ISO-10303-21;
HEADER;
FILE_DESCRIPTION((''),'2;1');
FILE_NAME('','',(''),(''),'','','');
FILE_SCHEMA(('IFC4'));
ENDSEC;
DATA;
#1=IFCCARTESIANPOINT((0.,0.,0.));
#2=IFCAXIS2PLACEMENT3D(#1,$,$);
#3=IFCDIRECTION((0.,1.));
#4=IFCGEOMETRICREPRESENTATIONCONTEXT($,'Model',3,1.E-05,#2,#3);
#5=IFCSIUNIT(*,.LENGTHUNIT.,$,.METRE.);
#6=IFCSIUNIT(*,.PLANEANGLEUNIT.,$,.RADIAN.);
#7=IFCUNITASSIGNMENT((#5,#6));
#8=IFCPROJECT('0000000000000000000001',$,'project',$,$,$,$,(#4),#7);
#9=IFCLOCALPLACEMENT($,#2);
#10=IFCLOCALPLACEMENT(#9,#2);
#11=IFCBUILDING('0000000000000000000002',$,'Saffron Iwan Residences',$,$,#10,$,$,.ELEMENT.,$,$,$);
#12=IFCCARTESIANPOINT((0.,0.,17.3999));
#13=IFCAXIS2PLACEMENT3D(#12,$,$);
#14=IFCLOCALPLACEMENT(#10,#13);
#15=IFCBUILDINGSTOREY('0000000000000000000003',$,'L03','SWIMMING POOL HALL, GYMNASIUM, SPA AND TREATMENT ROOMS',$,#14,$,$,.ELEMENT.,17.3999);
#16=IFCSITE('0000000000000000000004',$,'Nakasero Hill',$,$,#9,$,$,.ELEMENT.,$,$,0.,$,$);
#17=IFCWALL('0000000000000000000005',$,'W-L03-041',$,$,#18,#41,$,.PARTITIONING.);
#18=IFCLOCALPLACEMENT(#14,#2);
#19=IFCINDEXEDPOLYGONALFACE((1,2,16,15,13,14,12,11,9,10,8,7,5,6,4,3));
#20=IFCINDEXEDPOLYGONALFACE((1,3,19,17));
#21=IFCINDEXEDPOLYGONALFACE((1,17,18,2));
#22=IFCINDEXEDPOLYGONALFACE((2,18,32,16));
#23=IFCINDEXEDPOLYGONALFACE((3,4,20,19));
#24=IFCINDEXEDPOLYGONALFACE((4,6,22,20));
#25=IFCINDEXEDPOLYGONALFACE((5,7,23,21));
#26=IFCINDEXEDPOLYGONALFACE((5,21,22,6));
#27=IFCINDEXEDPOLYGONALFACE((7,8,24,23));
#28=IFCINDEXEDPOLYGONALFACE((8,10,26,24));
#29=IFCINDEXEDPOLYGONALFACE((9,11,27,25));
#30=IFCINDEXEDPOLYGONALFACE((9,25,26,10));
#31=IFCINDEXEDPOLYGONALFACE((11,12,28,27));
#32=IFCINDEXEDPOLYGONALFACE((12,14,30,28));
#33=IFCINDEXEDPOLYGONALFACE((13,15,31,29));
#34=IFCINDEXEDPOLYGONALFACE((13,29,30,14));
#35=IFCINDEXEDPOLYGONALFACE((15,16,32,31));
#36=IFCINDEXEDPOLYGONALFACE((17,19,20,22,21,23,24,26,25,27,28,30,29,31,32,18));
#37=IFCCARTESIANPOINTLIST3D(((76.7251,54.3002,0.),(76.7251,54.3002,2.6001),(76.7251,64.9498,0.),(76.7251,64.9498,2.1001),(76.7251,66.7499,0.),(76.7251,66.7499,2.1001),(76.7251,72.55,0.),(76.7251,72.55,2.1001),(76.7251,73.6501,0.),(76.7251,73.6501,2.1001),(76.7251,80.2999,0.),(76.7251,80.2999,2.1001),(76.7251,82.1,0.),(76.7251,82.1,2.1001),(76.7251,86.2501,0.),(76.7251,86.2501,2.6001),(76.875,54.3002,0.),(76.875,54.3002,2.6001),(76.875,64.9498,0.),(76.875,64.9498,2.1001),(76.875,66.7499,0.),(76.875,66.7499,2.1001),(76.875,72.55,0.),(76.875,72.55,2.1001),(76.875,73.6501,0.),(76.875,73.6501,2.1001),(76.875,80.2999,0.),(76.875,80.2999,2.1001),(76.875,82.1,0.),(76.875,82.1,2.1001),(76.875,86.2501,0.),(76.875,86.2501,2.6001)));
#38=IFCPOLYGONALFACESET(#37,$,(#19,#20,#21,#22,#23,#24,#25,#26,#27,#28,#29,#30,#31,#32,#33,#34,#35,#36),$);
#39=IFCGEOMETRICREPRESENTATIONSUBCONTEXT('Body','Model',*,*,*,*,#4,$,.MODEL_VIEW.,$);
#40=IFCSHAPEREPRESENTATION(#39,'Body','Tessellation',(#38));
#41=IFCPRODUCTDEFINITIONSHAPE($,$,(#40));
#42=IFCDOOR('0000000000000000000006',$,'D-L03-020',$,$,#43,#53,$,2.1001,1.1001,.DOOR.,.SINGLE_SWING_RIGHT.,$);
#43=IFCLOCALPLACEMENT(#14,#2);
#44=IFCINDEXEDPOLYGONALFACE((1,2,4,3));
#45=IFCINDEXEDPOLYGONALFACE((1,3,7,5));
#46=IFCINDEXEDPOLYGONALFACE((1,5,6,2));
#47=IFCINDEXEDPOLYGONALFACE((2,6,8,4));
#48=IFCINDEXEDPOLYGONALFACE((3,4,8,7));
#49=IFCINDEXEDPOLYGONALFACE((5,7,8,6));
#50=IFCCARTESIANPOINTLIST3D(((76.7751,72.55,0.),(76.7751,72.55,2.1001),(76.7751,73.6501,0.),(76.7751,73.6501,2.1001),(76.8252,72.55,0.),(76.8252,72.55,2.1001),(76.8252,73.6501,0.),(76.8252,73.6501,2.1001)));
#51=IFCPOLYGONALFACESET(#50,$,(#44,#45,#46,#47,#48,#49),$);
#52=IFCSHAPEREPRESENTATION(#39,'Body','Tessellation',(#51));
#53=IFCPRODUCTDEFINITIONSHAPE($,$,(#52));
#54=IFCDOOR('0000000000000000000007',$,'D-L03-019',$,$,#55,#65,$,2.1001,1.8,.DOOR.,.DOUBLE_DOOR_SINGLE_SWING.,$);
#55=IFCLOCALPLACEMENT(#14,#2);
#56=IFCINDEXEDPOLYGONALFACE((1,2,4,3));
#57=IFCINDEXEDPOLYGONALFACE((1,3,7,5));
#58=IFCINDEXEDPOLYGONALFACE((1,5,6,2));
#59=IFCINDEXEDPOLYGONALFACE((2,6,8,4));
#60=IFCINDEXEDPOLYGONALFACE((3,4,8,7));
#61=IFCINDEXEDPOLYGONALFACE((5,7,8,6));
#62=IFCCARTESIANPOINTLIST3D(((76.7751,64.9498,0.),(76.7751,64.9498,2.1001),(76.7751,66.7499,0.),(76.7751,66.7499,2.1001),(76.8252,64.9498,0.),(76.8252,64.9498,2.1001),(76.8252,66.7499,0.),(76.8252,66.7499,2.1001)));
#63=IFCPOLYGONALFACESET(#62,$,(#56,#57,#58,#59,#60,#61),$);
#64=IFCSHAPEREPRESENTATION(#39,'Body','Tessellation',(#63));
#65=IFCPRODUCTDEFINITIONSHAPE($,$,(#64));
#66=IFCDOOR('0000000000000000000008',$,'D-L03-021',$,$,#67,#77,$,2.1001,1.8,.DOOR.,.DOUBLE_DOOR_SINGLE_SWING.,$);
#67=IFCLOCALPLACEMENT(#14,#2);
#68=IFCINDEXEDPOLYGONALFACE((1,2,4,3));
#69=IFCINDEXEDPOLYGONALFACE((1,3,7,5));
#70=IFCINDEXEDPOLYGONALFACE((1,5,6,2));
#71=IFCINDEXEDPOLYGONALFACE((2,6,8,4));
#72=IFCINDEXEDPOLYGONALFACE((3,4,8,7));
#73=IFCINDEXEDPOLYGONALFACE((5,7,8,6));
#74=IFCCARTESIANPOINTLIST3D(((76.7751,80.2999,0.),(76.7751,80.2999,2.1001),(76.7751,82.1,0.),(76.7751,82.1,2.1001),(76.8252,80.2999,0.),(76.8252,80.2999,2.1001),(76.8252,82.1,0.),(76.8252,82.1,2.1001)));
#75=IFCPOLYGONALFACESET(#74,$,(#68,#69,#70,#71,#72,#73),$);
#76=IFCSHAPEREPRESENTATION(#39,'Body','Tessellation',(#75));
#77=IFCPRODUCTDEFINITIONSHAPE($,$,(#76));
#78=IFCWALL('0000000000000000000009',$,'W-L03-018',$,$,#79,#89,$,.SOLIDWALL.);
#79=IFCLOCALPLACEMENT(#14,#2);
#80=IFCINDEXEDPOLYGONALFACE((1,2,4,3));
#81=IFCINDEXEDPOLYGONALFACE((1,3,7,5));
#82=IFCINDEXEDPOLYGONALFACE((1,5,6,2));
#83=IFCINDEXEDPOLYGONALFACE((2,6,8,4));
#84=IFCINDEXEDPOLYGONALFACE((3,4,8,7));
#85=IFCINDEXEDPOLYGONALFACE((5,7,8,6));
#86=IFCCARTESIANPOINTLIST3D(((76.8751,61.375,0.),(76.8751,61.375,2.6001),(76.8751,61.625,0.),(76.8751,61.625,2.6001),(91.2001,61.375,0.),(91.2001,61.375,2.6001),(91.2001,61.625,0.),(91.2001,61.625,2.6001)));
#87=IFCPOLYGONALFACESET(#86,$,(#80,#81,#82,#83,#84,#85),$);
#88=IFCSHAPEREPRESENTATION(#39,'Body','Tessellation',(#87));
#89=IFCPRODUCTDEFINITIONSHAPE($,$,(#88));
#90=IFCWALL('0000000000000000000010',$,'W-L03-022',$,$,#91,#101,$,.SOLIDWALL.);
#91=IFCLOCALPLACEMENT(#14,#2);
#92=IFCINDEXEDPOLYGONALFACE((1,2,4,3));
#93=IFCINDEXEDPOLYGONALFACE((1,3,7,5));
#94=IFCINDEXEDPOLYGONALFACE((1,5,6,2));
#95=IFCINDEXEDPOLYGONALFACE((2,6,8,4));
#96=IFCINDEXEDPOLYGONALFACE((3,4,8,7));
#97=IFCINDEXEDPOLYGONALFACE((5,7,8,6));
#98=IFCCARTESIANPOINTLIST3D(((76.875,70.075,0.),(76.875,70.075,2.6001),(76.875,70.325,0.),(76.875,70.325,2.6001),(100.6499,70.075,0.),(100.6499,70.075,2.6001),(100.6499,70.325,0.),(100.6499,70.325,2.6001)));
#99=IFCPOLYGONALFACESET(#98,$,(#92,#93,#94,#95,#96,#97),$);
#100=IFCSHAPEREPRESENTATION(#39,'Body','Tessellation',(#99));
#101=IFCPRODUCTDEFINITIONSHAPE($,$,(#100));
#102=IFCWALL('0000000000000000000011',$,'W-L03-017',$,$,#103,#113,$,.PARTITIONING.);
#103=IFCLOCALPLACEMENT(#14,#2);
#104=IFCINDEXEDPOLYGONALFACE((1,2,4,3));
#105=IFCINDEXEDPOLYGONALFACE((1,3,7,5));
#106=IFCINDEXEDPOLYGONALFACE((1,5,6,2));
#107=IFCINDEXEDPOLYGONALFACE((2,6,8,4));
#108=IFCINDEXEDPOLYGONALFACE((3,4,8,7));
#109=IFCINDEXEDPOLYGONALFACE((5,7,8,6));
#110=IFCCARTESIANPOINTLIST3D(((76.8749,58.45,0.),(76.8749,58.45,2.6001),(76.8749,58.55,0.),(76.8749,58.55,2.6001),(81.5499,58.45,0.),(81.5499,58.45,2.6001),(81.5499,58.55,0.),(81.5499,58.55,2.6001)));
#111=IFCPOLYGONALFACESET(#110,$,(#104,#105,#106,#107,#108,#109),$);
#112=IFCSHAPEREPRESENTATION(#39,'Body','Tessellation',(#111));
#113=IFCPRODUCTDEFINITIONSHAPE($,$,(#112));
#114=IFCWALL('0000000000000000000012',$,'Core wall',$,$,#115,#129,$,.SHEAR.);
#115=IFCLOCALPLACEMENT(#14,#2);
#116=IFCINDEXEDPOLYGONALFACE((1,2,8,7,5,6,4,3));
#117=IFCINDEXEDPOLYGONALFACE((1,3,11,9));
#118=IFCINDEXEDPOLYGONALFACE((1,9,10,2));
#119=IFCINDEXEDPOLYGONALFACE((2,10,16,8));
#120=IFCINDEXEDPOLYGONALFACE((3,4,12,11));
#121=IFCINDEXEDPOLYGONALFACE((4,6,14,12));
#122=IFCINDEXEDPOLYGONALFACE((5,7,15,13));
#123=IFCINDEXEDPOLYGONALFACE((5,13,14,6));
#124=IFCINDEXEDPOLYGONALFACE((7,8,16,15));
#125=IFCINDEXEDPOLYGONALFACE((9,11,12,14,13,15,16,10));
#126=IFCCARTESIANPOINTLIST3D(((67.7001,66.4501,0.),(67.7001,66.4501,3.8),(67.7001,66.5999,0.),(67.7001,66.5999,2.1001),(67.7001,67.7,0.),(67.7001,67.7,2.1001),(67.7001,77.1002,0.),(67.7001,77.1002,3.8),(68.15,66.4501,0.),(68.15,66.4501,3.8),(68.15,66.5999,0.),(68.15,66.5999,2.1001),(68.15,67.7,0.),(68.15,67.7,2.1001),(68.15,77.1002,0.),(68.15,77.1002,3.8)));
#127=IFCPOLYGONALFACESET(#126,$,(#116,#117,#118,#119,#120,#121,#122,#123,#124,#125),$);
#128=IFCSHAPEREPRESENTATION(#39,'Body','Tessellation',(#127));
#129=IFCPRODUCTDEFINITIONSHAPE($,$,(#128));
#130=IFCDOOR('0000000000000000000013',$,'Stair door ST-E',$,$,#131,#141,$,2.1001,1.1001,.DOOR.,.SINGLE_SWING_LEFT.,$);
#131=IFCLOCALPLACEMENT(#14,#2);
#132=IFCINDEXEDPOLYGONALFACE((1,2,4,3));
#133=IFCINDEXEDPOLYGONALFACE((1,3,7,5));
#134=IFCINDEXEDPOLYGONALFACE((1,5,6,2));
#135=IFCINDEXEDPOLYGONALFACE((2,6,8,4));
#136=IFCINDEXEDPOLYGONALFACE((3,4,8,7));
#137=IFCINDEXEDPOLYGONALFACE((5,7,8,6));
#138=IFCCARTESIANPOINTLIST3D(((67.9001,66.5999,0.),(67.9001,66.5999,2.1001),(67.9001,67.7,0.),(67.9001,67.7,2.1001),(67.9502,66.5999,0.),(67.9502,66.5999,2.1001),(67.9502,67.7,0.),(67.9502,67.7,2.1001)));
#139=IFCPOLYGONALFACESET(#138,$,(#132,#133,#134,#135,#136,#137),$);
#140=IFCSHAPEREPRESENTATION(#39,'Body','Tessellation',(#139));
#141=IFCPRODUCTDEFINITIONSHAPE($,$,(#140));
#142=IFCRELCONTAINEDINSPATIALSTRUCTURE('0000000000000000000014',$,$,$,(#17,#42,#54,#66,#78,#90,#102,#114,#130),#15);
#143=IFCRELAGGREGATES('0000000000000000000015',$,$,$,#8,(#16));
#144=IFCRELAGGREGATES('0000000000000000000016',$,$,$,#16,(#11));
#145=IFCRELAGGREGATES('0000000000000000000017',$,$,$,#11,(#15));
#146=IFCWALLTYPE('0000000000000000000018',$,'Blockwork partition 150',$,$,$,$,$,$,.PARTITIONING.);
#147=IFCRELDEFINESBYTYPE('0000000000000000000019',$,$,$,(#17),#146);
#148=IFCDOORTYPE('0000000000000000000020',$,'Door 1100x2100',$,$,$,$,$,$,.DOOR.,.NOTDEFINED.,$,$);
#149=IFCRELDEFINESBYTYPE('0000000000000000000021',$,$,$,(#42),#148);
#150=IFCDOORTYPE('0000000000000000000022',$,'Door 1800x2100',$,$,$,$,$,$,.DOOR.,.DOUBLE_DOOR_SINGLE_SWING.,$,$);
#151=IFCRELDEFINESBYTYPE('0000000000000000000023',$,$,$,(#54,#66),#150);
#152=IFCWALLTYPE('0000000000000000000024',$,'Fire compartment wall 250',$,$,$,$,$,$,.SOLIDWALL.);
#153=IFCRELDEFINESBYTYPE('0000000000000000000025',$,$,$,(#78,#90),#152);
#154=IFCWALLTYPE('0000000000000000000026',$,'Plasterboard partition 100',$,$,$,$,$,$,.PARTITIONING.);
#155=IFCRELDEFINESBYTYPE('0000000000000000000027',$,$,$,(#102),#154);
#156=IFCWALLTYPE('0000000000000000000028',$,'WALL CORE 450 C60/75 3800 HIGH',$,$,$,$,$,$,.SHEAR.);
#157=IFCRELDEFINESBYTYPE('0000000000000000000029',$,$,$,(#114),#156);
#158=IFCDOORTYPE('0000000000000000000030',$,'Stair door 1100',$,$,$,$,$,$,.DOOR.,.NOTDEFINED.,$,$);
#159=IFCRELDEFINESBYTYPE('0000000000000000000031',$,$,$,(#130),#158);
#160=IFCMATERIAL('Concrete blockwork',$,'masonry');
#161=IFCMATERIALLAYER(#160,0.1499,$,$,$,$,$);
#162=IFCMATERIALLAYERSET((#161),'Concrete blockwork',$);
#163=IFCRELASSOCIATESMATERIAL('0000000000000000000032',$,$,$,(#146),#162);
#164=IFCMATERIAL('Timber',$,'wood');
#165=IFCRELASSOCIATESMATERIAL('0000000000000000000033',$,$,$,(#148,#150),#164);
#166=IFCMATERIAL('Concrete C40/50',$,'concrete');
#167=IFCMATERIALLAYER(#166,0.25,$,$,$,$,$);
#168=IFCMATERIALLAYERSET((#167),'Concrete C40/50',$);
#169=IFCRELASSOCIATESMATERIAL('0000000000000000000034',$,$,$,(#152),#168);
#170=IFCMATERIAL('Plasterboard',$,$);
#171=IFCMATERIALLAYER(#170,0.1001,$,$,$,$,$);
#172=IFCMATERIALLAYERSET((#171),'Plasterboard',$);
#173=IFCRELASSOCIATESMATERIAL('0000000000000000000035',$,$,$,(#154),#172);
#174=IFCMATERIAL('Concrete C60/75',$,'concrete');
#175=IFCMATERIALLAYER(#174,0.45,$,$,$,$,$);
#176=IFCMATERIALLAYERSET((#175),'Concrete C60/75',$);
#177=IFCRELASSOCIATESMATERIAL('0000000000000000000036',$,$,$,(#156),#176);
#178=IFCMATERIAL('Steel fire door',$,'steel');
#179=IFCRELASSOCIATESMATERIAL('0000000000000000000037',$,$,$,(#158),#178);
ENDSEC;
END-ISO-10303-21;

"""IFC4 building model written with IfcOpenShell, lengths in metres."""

from ifc_helpers import new_model, si_unit, direction, frame, frame_2d, origin, place, context, subcontext, project, spatial, rectangle, extrude, material, layer, layer_set, type_object, element, fill, save


model = new_model("IFC4")

# Units and contexts
model_context = context("Model", 3, precision=1e-05, world=origin(), true_north=direction((0.0, 1.0)))
body_context = subcontext(model_context, "Body", "Model", "MODEL_VIEW")
ifc_project = project(units=[si_unit("LENGTHUNIT", "METRE"), si_unit("PLANEANGLEUNIT", "RADIAN")], contexts=[model_context])

# Site, building, storey
site_placement = place(None, origin())
site = spatial("IfcSite", under=ifc_project, at=site_placement, Name="Nakasero Hill", CompositionType="ELEMENT", RefElevation=0.0)
building_placement = place(site_placement, origin())
building = spatial("IfcBuilding", under=site, at=building_placement, Name="Saffron Iwan Residences", CompositionType="ELEMENT")
storey_placement = place(building_placement, frame((0.0, 0.0, 17.3999)))
storey = spatial("IfcBuildingStorey", under=building, at=storey_placement, Name="L03", Description="SWIMMING POOL HALL, GYMNASIUM, SPA AND TREATMENT ROOMS", CompositionType="ELEMENT", Elevation=17.3999)

# Shared definitions
ifc_material_1 = material(Name="Concrete blockwork", Category="masonry")
ifc_layer_1 = layer(ifc_material_1, 0.1499)
ifc_layer_set_1 = layer_set([ifc_layer_1], Name="Concrete blockwork")
wall_type_1 = type_object("IfcWallType", Name="Blockwork partition 150", PredefinedType="PARTITIONING", material=ifc_layer_set_1)
ifc_material_2 = material(Name="Timber", Category="wood")
door_type_1 = type_object("IfcDoorType", Name="Door 1100x2100", OperationType="NOTDEFINED", PredefinedType="DOOR", material=ifc_material_2)

# Wall, openings, doors
wall_1_placement = place(storey_placement, frame((76.8, 54.3, 0.0), z_axis=(0.0, 0.0, 1.0), x_axis=(0.0, 1.0, 0.0)))
wall_1 = element("IfcWall", 1, at=wall_1_placement, inside=storey, type_object=wall_type_1, Name="W-L03-041", PredefinedType="PARTITIONING", context=body_context, shape_type="SweptSolid", body=[
    extrude(rectangle(XDim=31.95, YDim=0.1499, at=frame_2d((15.9751, 0.0))), origin(), (0.0, 0.0, 1.0), 2.6001),
])
opening_1_placement = place(wall_1_placement, frame((10.6499, 0.0, 0.0)))
opening_1 = element("IfcOpeningElement", 2, at=opening_1_placement, cuts=wall_1, PredefinedType="OPENING", context=body_context, shape_type="SweptSolid", body=[
    extrude(rectangle(XDim=1.8, YDim=2.1001, at=frame_2d((0.8999, 1.05))), frame((0.0, 0.085, 0.0), z_axis=(0.0, -1.0, 0.0), x_axis=(1.0, 0.0, 0.0)), (0.0, 0.0, 1.0), 0.1699),
])
opening_2_placement = place(wall_1_placement, frame((18.25, 0.0, 0.0)))
opening_2 = element("IfcOpeningElement", 3, at=opening_2_placement, cuts=wall_1, PredefinedType="OPENING", context=body_context, shape_type="SweptSolid", body=[
    extrude(rectangle(XDim=1.1001, YDim=2.1001, at=frame_2d((0.55, 1.05))), frame((0.0, 0.085, 0.0), z_axis=(0.0, -1.0, 0.0), x_axis=(1.0, 0.0, 0.0)), (0.0, 0.0, 1.0), 0.1699),
])
opening_3_placement = place(wall_1_placement, frame((26.0, 0.0, 0.0)))
opening_3 = element("IfcOpeningElement", 4, at=opening_3_placement, cuts=wall_1, PredefinedType="OPENING", context=body_context, shape_type="SweptSolid", body=[
    extrude(rectangle(XDim=1.8, YDim=2.1001, at=frame_2d((0.8999, 1.05))), frame((0.0, 0.085, 0.0), z_axis=(0.0, -1.0, 0.0), x_axis=(1.0, 0.0, 0.0)), (0.0, 0.0, 1.0), 0.1699),
])
door_1_placement = place(opening_2_placement, origin())
door_1 = element("IfcDoor", 5, at=door_1_placement, inside=storey, type_object=door_type_1, Name="D-L03-020", OperationType="SINGLE_SWING_RIGHT", OverallHeight=2.1001, OverallWidth=1.1001, PredefinedType="DOOR", context=body_context, shape_type="SweptSolid", body=[
    extrude(rectangle(XDim=1.1001, YDim=2.1001, at=frame_2d((0.55, 1.05))), frame((0.0, 0.0249, 0.0), z_axis=(0.0, -1.0, 0.0), x_axis=(1.0, 0.0, 0.0)), (0.0, 0.0, 1.0), 0.05),
])
fill(opening_2, door_1)
door_type_2 = type_object("IfcDoorType", Name="Door 1800x2100", OperationType="DOUBLE_DOOR_SINGLE_SWING", PredefinedType="DOOR", material=ifc_material_2)
door_2_placement = place(opening_1_placement, origin())
door_2 = element("IfcDoor", 6, at=door_2_placement, inside=storey, type_object=door_type_2, Name="D-L03-019", OperationType="DOUBLE_DOOR_SINGLE_SWING", OverallHeight=2.1001, OverallWidth=1.8, PredefinedType="DOOR", context=body_context, shape_type="SweptSolid", body=[
    extrude(rectangle(XDim=1.8, YDim=2.1001, at=frame_2d((0.8999, 1.05))), frame((0.0, 0.0249, 0.0), z_axis=(0.0, -1.0, 0.0), x_axis=(1.0, 0.0, 0.0)), (0.0, 0.0, 1.0), 0.05),
])
fill(opening_1, door_2)
door_3_placement = place(opening_3_placement, origin())
door_3 = element("IfcDoor", 7, at=door_3_placement, inside=storey, type_object=door_type_2, Name="D-L03-021", OperationType="DOUBLE_DOOR_SINGLE_SWING", OverallHeight=2.1001, OverallWidth=1.8, PredefinedType="DOOR", context=body_context, shape_type="SweptSolid", body=[
    extrude(rectangle(XDim=1.8, YDim=2.1001, at=frame_2d((0.8999, 1.05))), frame((0.0, 0.0249, 0.0), z_axis=(0.0, -1.0, 0.0), x_axis=(1.0, 0.0, 0.0)), (0.0, 0.0, 1.0), 0.05),
])
fill(opening_3, door_3)

# Walls
ifc_material_3 = material(Name="Concrete C40/50", Category="concrete")
ifc_layer_2 = layer(ifc_material_3, 0.25)
ifc_layer_set_2 = layer_set([ifc_layer_2], Name="Concrete C40/50")
wall_type_2 = type_object("IfcWallType", Name="Fire compartment wall 250", PredefinedType="SOLIDWALL", material=ifc_layer_set_2)
wall_2_placement = place(storey_placement, frame((76.875, 61.5, 0.0), z_axis=(0.0, 0.0, 1.0), x_axis=(1.0, 0.0, 0.0)))
element("IfcWall", 8, at=wall_2_placement, inside=storey, type_object=wall_type_2, Name="W-L03-018", PredefinedType="SOLIDWALL", context=body_context, shape_type="SweptSolid", body=[
    extrude(rectangle(XDim=14.325, YDim=0.25, at=frame_2d((7.1626, 0.0))), origin(), (0.0, 0.0, 1.0), 2.6001),
])
wall_3_placement = place(storey_placement, frame((76.875, 70.2, 0.0), z_axis=(0.0, 0.0, 1.0), x_axis=(1.0, 0.0, 0.0)))
element("IfcWall", 9, at=wall_3_placement, inside=storey, type_object=wall_type_2, Name="W-L03-022", PredefinedType="SOLIDWALL", context=body_context, shape_type="SweptSolid", body=[
    extrude(rectangle(XDim=23.7749, YDim=0.25, at=frame_2d((11.8875, 0.0))), origin(), (0.0, 0.0, 1.0), 2.6001),
])
ifc_material_4 = material(Name="Plasterboard")
ifc_layer_3 = layer(ifc_material_4, 0.1001)
ifc_layer_set_3 = layer_set([ifc_layer_3], Name="Plasterboard")
wall_type_3 = type_object("IfcWallType", Name="Plasterboard partition 100", PredefinedType="PARTITIONING", material=ifc_layer_set_3)
wall_4_placement = place(storey_placement, frame((76.875, 58.5, 0.0), z_axis=(0.0, 0.0, 1.0), x_axis=(1.0, 0.0, 0.0)))
element("IfcWall", 10, at=wall_4_placement, inside=storey, type_object=wall_type_3, Name="W-L03-017", PredefinedType="PARTITIONING", context=body_context, shape_type="SweptSolid", body=[
    extrude(rectangle(XDim=4.675, YDim=0.1001, at=frame_2d((2.3374, 0.0))), origin(), (0.0, 0.0, 1.0), 2.6001),
])

# Wall, opening, door
ifc_material_5 = material(Name="Concrete C60/75", Category="concrete")
ifc_layer_4 = layer(ifc_material_5, 0.45)
ifc_layer_set_4 = layer_set([ifc_layer_4], Name="Concrete C60/75")
wall_type_4 = type_object("IfcWallType", Name="WALL CORE 450 C60/75 3800 HIGH", PredefinedType="SHEAR", material=ifc_layer_set_4)
wall_5_placement = place(storey_placement, frame((67.925, 66.45, 0.0), z_axis=(0.0, 0.0, 1.0), x_axis=(0.0, 1.0, 0.0)))
wall_5 = element("IfcWall", 11, at=wall_5_placement, inside=storey, type_object=wall_type_4, Name="Core wall", PredefinedType="SHEAR", context=body_context, shape_type="SweptSolid", body=[
    extrude(rectangle(XDim=10.6501, YDim=0.45, at=frame_2d((5.3252, 0.0))), origin(), (0.0, 0.0, 1.0), 3.8),
])
opening_4_placement = place(wall_5_placement, frame((0.1499, 0.0, 0.0)))
opening_4 = element("IfcOpeningElement", 12, at=opening_4_placement, cuts=wall_5, PredefinedType="OPENING", context=body_context, shape_type="SweptSolid", body=[
    extrude(rectangle(XDim=1.1001, YDim=2.1001, at=frame_2d((0.55, 1.05))), frame((0.0, 0.2349, 0.0), z_axis=(0.0, -1.0, 0.0), x_axis=(1.0, 0.0, 0.0)), (0.0, 0.0, 1.0), 0.47),
])
ifc_material_6 = material(Name="Steel fire door", Category="steel")
door_type_3 = type_object("IfcDoorType", Name="Stair door 1100", OperationType="NOTDEFINED", PredefinedType="DOOR", material=ifc_material_6)
door_4_placement = place(opening_4_placement, origin())
door_4 = element("IfcDoor", 13, at=door_4_placement, inside=storey, type_object=door_type_3, Name="Stair door ST-E", OperationType="SINGLE_SWING_LEFT", OverallHeight=2.1001, OverallWidth=1.1001, PredefinedType="DOOR", context=body_context, shape_type="SweptSolid", body=[
    extrude(rectangle(XDim=1.1001, YDim=2.1001, at=frame_2d((0.55, 1.05))), frame((0.0, 0.0249, 0.0), z_axis=(0.0, -1.0, 0.0), x_axis=(1.0, 0.0, 0.0)), (0.0, 0.0, 1.0), 0.05),
])
fill(opening_4, door_4)

save(model, "model.ifc")
